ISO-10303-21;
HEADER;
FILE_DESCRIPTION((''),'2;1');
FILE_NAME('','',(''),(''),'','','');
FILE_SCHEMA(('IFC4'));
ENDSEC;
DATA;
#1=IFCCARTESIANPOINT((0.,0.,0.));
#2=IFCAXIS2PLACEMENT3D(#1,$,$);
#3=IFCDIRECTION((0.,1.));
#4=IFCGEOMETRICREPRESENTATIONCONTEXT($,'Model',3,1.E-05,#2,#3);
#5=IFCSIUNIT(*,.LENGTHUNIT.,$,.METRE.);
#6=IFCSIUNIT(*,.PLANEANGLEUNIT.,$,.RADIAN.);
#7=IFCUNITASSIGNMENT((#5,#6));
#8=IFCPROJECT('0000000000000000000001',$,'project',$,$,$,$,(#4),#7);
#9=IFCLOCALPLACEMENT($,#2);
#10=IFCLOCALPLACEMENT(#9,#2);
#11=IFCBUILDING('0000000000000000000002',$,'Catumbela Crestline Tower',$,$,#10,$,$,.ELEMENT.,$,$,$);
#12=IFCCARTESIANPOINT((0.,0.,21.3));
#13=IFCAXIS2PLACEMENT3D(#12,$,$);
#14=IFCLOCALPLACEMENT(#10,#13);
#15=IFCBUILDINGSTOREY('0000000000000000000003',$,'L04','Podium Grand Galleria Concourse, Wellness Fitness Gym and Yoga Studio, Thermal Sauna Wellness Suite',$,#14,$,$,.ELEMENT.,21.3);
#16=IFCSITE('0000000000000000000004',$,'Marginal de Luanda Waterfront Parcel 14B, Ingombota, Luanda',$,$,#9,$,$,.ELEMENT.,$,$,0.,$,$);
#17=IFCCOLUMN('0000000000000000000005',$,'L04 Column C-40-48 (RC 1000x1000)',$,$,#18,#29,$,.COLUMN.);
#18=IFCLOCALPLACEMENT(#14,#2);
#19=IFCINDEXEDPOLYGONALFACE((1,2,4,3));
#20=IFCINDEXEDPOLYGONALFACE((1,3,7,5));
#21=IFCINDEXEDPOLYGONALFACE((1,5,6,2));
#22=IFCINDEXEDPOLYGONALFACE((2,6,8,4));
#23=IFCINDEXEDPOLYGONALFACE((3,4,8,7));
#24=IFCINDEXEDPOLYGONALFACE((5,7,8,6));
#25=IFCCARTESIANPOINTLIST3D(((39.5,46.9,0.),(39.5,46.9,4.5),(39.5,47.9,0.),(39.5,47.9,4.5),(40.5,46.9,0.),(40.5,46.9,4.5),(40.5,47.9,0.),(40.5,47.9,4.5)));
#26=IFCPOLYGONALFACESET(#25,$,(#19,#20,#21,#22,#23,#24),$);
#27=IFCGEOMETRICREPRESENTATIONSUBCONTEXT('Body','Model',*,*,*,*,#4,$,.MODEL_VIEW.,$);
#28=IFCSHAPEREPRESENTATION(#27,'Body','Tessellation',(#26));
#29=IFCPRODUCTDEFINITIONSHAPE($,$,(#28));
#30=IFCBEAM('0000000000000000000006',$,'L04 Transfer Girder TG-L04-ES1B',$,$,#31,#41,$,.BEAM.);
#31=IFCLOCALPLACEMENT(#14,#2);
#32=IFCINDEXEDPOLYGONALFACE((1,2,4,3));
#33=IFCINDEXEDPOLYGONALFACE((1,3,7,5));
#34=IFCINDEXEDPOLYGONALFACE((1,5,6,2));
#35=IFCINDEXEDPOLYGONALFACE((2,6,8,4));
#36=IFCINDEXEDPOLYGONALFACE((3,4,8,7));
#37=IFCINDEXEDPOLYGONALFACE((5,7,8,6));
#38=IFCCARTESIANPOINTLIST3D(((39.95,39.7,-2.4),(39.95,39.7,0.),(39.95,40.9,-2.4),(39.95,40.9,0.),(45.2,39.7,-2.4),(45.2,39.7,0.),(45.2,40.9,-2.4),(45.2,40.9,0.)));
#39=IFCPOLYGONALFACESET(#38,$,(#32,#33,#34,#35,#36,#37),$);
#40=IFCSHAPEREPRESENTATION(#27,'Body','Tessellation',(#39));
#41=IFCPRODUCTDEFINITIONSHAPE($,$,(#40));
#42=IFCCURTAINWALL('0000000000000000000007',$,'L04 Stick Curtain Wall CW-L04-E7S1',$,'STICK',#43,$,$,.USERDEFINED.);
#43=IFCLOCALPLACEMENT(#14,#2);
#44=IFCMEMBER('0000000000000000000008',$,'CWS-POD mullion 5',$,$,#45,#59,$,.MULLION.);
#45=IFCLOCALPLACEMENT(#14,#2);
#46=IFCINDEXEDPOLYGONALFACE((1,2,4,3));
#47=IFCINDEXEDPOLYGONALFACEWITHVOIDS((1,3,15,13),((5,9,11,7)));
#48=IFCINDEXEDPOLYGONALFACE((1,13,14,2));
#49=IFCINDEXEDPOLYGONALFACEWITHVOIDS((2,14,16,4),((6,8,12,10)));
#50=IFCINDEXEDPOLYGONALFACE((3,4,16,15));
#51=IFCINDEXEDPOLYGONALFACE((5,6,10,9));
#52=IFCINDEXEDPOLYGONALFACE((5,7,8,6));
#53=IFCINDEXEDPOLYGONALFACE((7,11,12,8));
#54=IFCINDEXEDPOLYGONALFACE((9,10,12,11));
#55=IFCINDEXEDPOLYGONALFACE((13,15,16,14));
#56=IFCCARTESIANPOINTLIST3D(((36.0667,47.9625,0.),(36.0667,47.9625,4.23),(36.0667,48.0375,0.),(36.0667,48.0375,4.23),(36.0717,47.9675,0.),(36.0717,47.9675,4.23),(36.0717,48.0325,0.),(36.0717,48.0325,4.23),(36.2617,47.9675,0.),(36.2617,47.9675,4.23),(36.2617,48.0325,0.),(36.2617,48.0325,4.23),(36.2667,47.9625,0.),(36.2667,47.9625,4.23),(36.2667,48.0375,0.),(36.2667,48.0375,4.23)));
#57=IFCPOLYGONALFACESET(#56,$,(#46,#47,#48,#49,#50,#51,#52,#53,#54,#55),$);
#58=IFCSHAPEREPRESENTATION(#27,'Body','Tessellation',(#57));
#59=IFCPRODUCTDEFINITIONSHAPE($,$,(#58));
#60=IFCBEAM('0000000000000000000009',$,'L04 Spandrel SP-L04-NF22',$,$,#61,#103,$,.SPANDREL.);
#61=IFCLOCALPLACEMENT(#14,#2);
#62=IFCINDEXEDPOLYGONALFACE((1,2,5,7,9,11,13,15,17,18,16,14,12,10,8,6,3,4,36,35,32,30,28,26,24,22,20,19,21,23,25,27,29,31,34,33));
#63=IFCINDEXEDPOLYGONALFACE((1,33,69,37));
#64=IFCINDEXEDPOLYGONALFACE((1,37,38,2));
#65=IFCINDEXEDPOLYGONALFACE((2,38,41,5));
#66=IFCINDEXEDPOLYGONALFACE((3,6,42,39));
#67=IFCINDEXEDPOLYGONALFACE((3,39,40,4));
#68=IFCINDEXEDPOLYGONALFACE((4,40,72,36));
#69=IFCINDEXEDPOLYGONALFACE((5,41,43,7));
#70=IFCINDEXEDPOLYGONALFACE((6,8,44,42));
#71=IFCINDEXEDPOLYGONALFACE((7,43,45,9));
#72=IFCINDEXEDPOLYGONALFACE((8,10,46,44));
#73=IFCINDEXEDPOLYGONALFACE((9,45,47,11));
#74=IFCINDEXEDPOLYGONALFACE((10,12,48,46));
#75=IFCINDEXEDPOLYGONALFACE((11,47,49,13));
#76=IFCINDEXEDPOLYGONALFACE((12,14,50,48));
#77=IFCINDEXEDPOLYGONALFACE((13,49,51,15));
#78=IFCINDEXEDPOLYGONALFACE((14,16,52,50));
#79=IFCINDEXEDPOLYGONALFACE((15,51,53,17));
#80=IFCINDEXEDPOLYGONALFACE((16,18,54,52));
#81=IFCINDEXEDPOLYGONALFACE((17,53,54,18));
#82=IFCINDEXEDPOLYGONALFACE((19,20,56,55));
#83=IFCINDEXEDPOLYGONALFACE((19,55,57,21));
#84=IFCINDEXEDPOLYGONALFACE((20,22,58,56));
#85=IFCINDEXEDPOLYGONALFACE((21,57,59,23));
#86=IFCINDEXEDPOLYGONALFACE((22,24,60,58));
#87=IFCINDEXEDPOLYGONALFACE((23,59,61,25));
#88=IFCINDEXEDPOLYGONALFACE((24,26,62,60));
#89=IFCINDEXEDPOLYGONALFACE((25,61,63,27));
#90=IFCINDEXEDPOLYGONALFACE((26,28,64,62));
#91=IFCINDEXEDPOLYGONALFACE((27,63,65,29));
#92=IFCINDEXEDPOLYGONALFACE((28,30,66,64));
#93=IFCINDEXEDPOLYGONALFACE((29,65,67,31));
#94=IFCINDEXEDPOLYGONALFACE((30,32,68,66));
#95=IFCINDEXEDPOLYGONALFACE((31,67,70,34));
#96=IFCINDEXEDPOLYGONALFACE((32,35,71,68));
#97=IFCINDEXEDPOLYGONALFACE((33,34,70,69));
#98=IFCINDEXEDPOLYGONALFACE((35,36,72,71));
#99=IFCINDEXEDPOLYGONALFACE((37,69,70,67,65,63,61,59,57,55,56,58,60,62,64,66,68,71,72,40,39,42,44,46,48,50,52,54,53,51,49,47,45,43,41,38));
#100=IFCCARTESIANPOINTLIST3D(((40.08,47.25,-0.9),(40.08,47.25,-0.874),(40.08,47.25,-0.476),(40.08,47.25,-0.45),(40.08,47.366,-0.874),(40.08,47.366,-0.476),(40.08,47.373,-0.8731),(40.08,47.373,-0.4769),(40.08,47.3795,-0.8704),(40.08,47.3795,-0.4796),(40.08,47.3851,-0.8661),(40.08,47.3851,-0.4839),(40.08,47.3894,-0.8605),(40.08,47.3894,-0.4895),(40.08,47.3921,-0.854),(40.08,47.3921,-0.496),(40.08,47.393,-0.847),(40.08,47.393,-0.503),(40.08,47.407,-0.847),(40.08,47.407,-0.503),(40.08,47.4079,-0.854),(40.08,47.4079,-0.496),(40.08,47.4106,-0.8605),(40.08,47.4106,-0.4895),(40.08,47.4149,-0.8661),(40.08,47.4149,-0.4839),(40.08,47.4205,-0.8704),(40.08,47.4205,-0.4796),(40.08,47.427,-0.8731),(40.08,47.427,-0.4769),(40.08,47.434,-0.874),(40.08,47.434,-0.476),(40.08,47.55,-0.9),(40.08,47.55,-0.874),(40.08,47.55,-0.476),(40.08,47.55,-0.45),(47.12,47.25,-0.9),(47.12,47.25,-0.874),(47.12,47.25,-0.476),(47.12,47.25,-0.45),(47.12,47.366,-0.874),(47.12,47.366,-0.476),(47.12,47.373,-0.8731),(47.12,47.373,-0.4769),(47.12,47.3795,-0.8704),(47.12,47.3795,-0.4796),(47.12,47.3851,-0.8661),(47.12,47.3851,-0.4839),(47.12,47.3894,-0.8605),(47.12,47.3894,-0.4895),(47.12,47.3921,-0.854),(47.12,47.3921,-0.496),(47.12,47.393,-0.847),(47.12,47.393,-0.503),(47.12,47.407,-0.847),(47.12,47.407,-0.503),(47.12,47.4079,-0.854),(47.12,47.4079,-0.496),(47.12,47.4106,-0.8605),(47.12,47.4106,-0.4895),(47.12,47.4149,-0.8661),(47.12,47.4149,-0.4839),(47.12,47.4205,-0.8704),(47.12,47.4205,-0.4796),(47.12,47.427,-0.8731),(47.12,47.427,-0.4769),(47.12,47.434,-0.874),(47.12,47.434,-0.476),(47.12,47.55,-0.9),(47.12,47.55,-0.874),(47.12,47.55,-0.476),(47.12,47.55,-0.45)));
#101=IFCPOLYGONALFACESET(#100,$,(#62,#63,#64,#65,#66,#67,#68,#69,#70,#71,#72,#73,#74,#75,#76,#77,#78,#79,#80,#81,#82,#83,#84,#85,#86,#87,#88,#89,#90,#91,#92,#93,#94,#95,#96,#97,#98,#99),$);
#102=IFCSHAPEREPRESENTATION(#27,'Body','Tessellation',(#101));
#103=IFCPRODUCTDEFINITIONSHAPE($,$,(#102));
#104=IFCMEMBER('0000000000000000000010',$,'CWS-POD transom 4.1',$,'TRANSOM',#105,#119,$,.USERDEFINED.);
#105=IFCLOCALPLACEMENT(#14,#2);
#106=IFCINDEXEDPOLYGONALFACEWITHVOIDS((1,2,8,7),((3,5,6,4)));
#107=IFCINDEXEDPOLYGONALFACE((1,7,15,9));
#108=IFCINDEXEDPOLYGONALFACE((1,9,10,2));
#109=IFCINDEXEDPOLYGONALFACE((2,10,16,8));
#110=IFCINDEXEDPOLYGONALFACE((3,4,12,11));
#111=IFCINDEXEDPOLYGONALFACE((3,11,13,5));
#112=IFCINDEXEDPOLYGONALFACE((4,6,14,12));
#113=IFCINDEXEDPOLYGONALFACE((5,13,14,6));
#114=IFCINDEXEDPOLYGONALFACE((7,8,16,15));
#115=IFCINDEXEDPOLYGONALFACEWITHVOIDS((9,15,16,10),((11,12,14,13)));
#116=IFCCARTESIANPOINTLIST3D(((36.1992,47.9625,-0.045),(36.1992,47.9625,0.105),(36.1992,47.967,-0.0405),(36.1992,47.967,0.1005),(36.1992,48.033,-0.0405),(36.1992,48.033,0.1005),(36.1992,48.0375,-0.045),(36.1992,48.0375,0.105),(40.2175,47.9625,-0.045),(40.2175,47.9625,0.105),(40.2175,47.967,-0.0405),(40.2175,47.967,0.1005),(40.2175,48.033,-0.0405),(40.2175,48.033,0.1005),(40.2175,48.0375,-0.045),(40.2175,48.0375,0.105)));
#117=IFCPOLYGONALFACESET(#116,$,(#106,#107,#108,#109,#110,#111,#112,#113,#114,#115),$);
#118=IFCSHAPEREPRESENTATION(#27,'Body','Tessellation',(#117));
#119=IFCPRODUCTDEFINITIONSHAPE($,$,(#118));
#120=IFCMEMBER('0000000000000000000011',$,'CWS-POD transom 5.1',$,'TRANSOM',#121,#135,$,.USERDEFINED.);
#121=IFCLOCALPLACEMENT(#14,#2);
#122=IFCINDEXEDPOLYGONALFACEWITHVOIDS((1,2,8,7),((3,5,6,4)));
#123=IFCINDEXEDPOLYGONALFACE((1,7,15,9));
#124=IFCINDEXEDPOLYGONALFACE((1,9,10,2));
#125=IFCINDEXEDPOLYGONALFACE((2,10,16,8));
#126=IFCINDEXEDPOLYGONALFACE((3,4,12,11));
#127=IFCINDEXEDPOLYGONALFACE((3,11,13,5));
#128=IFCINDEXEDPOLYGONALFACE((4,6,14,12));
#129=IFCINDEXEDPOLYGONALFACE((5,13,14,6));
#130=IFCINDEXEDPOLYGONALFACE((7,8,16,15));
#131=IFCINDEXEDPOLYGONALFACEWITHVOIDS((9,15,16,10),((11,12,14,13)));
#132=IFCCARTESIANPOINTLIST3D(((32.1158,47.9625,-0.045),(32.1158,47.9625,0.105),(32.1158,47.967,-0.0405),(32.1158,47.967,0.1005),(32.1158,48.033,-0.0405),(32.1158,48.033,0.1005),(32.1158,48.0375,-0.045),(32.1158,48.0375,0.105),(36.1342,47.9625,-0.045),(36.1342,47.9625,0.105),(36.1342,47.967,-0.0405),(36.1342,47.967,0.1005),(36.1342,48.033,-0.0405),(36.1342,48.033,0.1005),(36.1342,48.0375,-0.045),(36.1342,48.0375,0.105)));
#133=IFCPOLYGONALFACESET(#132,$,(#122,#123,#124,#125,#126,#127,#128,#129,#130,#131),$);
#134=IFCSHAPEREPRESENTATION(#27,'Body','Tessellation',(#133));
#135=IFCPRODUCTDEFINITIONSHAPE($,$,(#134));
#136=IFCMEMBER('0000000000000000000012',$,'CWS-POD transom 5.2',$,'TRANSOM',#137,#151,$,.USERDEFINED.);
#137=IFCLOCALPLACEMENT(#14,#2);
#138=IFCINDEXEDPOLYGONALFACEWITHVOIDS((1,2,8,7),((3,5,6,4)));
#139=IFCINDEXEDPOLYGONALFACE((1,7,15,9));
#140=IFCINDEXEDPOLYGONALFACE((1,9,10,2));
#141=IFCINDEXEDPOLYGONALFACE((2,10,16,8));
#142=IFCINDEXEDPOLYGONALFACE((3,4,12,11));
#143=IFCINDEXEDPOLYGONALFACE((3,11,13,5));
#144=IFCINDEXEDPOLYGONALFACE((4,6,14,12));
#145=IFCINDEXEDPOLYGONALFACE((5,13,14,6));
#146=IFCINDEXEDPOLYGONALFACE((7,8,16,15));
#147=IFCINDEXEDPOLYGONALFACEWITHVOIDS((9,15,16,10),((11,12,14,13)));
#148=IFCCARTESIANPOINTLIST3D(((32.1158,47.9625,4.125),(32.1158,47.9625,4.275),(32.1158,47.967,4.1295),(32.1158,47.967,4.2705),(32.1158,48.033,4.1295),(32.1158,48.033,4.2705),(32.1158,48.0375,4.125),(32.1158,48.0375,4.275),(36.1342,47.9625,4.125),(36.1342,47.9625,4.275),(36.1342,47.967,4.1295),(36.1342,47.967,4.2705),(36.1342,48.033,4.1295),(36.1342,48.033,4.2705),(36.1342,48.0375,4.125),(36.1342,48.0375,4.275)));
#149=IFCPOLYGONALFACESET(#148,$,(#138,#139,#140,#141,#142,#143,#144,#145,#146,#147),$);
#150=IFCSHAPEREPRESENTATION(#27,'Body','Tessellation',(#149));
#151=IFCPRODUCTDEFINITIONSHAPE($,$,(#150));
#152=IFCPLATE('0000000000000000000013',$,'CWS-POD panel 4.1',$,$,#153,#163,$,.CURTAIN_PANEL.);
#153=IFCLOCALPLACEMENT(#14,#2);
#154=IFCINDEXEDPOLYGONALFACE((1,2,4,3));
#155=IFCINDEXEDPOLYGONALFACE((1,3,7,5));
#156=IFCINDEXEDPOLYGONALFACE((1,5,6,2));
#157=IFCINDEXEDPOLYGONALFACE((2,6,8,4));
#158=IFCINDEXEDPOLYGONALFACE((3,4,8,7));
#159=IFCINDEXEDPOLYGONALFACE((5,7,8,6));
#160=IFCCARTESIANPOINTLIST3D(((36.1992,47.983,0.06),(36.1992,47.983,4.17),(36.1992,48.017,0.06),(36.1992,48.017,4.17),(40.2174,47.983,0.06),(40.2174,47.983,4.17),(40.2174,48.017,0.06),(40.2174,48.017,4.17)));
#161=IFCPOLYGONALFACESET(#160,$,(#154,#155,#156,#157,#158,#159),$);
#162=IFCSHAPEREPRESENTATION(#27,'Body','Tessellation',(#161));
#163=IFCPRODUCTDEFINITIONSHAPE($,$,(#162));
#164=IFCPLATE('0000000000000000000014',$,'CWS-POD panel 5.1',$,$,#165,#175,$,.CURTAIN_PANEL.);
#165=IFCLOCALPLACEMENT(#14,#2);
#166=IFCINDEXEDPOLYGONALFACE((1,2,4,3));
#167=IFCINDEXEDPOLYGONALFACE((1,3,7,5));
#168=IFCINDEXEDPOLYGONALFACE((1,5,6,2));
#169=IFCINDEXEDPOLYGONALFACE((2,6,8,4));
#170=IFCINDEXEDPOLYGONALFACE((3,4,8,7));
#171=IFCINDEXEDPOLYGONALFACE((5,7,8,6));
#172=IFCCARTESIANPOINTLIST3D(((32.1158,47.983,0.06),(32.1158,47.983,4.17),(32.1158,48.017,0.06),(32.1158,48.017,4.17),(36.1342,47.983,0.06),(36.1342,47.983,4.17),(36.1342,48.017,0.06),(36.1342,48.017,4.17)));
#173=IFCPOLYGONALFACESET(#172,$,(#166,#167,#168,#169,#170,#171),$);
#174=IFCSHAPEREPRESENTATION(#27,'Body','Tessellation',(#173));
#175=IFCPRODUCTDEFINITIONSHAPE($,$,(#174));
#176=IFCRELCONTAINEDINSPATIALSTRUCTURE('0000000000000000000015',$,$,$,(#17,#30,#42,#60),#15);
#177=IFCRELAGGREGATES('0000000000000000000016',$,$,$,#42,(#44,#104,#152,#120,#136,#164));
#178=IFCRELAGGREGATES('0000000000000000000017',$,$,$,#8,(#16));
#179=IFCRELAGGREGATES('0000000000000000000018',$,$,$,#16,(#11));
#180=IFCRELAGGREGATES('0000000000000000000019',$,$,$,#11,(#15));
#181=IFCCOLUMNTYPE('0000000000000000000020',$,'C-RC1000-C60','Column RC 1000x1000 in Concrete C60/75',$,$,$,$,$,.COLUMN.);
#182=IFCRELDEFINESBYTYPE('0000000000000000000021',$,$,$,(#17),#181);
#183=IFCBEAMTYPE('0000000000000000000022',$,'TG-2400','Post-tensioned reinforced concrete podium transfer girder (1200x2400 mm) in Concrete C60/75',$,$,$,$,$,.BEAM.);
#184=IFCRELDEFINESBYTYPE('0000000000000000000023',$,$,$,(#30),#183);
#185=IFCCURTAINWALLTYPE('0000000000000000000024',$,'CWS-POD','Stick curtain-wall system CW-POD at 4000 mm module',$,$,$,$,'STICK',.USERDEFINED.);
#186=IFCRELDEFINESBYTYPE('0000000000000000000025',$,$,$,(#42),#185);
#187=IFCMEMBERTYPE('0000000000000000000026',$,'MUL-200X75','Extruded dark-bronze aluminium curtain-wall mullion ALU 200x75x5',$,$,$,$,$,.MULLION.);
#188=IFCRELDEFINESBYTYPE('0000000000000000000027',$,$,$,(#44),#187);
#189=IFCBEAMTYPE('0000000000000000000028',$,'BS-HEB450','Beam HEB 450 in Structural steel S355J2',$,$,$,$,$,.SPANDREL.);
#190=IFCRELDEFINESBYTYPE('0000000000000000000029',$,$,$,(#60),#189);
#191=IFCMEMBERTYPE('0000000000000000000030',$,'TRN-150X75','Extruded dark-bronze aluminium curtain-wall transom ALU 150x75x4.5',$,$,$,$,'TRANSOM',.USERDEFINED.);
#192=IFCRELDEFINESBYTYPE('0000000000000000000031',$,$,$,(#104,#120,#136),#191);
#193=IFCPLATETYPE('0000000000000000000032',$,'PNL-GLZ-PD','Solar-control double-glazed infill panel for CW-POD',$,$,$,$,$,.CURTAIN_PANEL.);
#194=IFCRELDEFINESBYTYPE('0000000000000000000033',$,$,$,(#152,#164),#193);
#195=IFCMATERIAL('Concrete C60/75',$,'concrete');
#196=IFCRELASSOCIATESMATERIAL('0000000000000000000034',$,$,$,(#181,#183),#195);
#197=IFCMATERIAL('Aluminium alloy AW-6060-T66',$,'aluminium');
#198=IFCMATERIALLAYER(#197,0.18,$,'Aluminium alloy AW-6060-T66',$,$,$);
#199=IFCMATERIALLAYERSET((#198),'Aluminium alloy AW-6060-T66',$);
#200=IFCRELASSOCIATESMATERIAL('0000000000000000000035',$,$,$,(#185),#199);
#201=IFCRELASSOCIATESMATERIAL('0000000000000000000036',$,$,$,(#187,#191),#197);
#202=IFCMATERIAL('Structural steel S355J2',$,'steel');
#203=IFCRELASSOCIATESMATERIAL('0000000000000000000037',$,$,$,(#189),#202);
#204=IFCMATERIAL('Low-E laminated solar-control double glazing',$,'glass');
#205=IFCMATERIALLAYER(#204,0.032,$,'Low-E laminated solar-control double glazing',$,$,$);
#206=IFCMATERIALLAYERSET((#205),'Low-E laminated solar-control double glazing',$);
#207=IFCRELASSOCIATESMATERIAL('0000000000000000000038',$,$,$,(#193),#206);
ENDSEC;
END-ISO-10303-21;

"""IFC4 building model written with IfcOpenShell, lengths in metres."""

from ifc_helpers import new_model, si_unit, direction, frame, origin, origin_2d, place, context, subcontext, project, spatial, rectangle, hollow_rectangle, i_section, extrude, material, layer, layer_set, material_profile, profile_set, type_object, element, aggregate, save


model = new_model("IFC4")

# Units and contexts
model_context = context("Model", 3, precision=1e-05, world=origin(), true_north=direction((0.0, 1.0)))
body_context = subcontext(model_context, "Body", "Model", "MODEL_VIEW")
ifc_project = project(units=[si_unit("LENGTHUNIT", "METRE"), si_unit("PLANEANGLEUNIT", "RADIAN")], contexts=[model_context])

# Site, building, storey
site_placement = place(None, origin())
site = spatial("IfcSite", under=ifc_project, at=site_placement, Name="Marginal de Luanda Waterfront Parcel 14B, Ingombota, Luanda", CompositionType="ELEMENT", RefElevation=0.0)
building_placement = place(site_placement, origin())
building = spatial("IfcBuilding", under=site, at=building_placement, Name="Catumbela Crestline Tower", CompositionType="ELEMENT")
storey_placement = place(building_placement, frame((0.0, 0.0, 21.3)))
storey = spatial("IfcBuildingStorey", under=building, at=storey_placement, Name="L04", Description="Podium Grand Galleria Concourse, Wellness Fitness Gym and Yoga Studio, Thermal Sauna Wellness Suite", CompositionType="ELEMENT", Elevation=21.3)

# Column
ifc_material_1 = material(Name="Concrete C60/75", Category="concrete")
ifc_material_profile_1 = material_profile(ifc_material_1, rectangle(XDim=1.0, YDim=1.0, at=origin_2d()), Name="RC 1000x1000")
ifc_profile_set_1 = profile_set([ifc_material_profile_1], Name="Concrete C60/75")
column_type = type_object("IfcColumnType", Name="C-RC1000-C60", Description="Column RC 1000x1000 in Concrete C60/75", PredefinedType="COLUMN", material=ifc_profile_set_1)
column_placement = place(storey_placement, frame((40.0, 47.4, 0.0), z_axis=(0.0, 0.0, 1.0), x_axis=(1.0, 0.0, 0.0)))
element("IfcColumn", 1, at=column_placement, inside=storey, type_object=column_type, Name="L04 Column C-40-48 (RC 1000x1000)", PredefinedType="COLUMN", context=body_context, shape_type="SweptSolid", body=[
    extrude(rectangle(XDim=1.0, YDim=1.0, at=origin_2d()), origin(), (0.0, 0.0, 1.0), 4.5),
])

# Beam
ifc_material_profile_2 = material_profile(ifc_material_1, rectangle(XDim=1.2, YDim=2.4, at=origin_2d()), Name="RC 1200x2400")
ifc_profile_set_2 = profile_set([ifc_material_profile_2], Name="Concrete C60/75")
beam_type_1 = type_object("IfcBeamType", Name="TG-2400", Description="Post-tensioned reinforced concrete podium transfer girder (1200x2400 mm) in Concrete C60/75", PredefinedType="BEAM", material=ifc_profile_set_2)
beam_1_placement = place(storey_placement, frame((39.95, 40.3, -1.2), z_axis=(1.0, 0.0, 0.0), x_axis=(0.0, 1.0, 0.0)))
element("IfcBeam", 2, at=beam_1_placement, inside=storey, type_object=beam_type_1, Name="L04 Transfer Girder TG-L04-ES1B", PredefinedType="BEAM", context=body_context, shape_type="SweptSolid", body=[
    extrude(rectangle(XDim=1.2, YDim=2.4, at=origin_2d()), origin(), (0.0, 0.0, 1.0), 5.25),
])

# Curtain wall, member
ifc_material_2 = material(Name="Aluminium alloy AW-6060-T66", Category="aluminium")
ifc_layer_1 = layer(ifc_material_2, 0.18, Name="Aluminium alloy AW-6060-T66")
ifc_layer_set_1 = layer_set([ifc_layer_1], Name="Aluminium alloy AW-6060-T66")
curtain_wall_type = type_object("IfcCurtainWallType", Name="CWS-POD", Description="Stick curtain-wall system CW-POD at 4000 mm module", ElementType="STICK", PredefinedType="USERDEFINED", material=ifc_layer_set_1)
curtain_wall_placement = place(storey_placement, origin())
curtain_wall = element("IfcCurtainWall", 3, at=curtain_wall_placement, inside=storey, type_object=curtain_wall_type, Name="L04 Stick Curtain Wall CW-L04-E7S1", ObjectType="STICK", PredefinedType="USERDEFINED")
ifc_material_profile_3 = material_profile(ifc_material_2, hollow_rectangle(XDim=0.075, YDim=0.2, WallThickness=0.005, at=origin_2d()), Name="ALU 200x75x5")
ifc_profile_set_3 = profile_set([ifc_material_profile_3], Name="Aluminium alloy AW-6060-T66")
member_type_1 = type_object("IfcMemberType", Name="MUL-200X75", Description="Extruded dark-bronze aluminium curtain-wall mullion ALU 200x75x5", PredefinedType="MULLION", material=ifc_profile_set_3)
member_1_placement = place(storey_placement, frame((36.1667, 48.0, 0.0), z_axis=(0.0, 0.0, 1.0), x_axis=(0.0, -1.0, 0.0)))
member_1 = element("IfcMember", 4, at=member_1_placement, type_object=member_type_1, Name="CWS-POD mullion 5", PredefinedType="MULLION", context=body_context, shape_type="SweptSolid", body=[
    extrude(hollow_rectangle(XDim=0.075, YDim=0.2, WallThickness=0.005, at=origin_2d()), origin(), (0.0, 0.0, 1.0), 4.23),
])

# Beam
ifc_material_3 = material(Name="Structural steel S355J2", Category="steel")
ifc_material_profile_4 = material_profile(ifc_material_3, i_section(OverallWidth=0.3, OverallDepth=0.45, WebThickness=0.014, FlangeThickness=0.026, FilletRadius=0.027, at=origin_2d()), Name="HEB 450")
ifc_profile_set_4 = profile_set([ifc_material_profile_4], Name="Structural steel S355J2")
beam_type_2 = type_object("IfcBeamType", Name="BS-HEB450", Description="Beam HEB 450 in Structural steel S355J2", PredefinedType="SPANDREL", material=ifc_profile_set_4)
beam_2_placement = place(storey_placement, frame((40.08, 47.4, -0.675), z_axis=(1.0, 0.0, 0.0), x_axis=(0.0, 1.0, 0.0)))
element("IfcBeam", 5, at=beam_2_placement, inside=storey, type_object=beam_type_2, Name="L04 Spandrel SP-L04-NF22", PredefinedType="SPANDREL", context=body_context, shape_type="SweptSolid", body=[
    extrude(i_section(OverallWidth=0.3, OverallDepth=0.45, WebThickness=0.014, FlangeThickness=0.026, FilletRadius=0.027, at=origin_2d()), origin(), (0.0, 0.0, 1.0), 7.04),
])

# Members
ifc_material_profile_5 = material_profile(ifc_material_2, hollow_rectangle(XDim=0.075, YDim=0.15, WallThickness=0.0045, at=origin_2d()), Name="ALU 150x75x4.5")
ifc_profile_set_5 = profile_set([ifc_material_profile_5], Name="Aluminium alloy AW-6060-T66")
member_type_2 = type_object("IfcMemberType", Name="TRN-150X75", Description="Extruded dark-bronze aluminium curtain-wall transom ALU 150x75x4.5", ElementType="TRANSOM", PredefinedType="USERDEFINED", material=ifc_profile_set_5)
member_2_placement = place(storey_placement, frame((40.2175, 48.0, 0.03), z_axis=(-1.0, 0.0, 0.0), x_axis=(0.0, -1.0, 0.0)))
member_2 = element("IfcMember", 6, at=member_2_placement, type_object=member_type_2, Name="CWS-POD transom 4.1", ObjectType="TRANSOM", PredefinedType="USERDEFINED", context=body_context, shape_type="SweptSolid", body=[
    extrude(hollow_rectangle(XDim=0.075, YDim=0.15, WallThickness=0.0045, at=origin_2d()), origin(), (0.0, 0.0, 1.0), 4.0183),
])
member_3_placement = place(storey_placement, frame((36.1342, 48.0, 0.03), z_axis=(-1.0, 0.0, 0.0), x_axis=(0.0, -1.0, 0.0)))
member_3 = element("IfcMember", 7, at=member_3_placement, type_object=member_type_2, Name="CWS-POD transom 5.1", ObjectType="TRANSOM", PredefinedType="USERDEFINED", context=body_context, shape_type="SweptSolid", body=[
    extrude(hollow_rectangle(XDim=0.075, YDim=0.15, WallThickness=0.0045, at=origin_2d()), origin(), (0.0, 0.0, 1.0), 4.0184),
])
member_4_placement = place(storey_placement, frame((36.1342, 48.0, 4.2), z_axis=(-1.0, 0.0, 0.0), x_axis=(0.0, -1.0, 0.0)))
member_4 = element("IfcMember", 8, at=member_4_placement, type_object=member_type_2, Name="CWS-POD transom 5.2", ObjectType="TRANSOM", PredefinedType="USERDEFINED", context=body_context, shape_type="SweptSolid", body=[
    extrude(hollow_rectangle(XDim=0.075, YDim=0.15, WallThickness=0.0045, at=origin_2d()), origin(), (0.0, 0.0, 1.0), 4.0184),
])

# Plates
ifc_material_4 = material(Name="Low-E laminated solar-control double glazing", Category="glass")
ifc_layer_2 = layer(ifc_material_4, 0.032, Name="Low-E laminated solar-control double glazing")
ifc_layer_set_2 = layer_set([ifc_layer_2], Name="Low-E laminated solar-control double glazing")
plate_type = type_object("IfcPlateType", Name="PNL-GLZ-PD", Description="Solar-control double-glazed infill panel for CW-POD", PredefinedType="CURTAIN_PANEL", material=ifc_layer_set_2)
plate_1_placement = place(storey_placement, frame((38.2083, 48.0, 0.06), z_axis=(0.0, 0.0, 1.0), x_axis=(-1.0, 0.0, 0.0)))
plate_1 = element("IfcPlate", 9, at=plate_1_placement, type_object=plate_type, Name="CWS-POD panel 4.1", PredefinedType="CURTAIN_PANEL", context=body_context, shape_type="SweptSolid", body=[
    extrude(rectangle(XDim=4.0183, YDim=0.034, at=origin_2d()), origin(), (0.0, 0.0, 1.0), 4.11),
])
plate_2_placement = place(storey_placement, frame((34.125, 48.0, 0.06), z_axis=(0.0, 0.0, 1.0), x_axis=(-1.0, 0.0, 0.0)))
plate_2 = element("IfcPlate", 10, at=plate_2_placement, type_object=plate_type, Name="CWS-POD panel 5.1", PredefinedType="CURTAIN_PANEL", context=body_context, shape_type="SweptSolid", body=[
    extrude(rectangle(XDim=4.0183, YDim=0.034, at=origin_2d()), origin(), (0.0, 0.0, 1.0), 4.11),
])
aggregate(curtain_wall, [member_1, member_2, plate_1, member_3, member_4, plate_2])

save(model, "model.ifc")
